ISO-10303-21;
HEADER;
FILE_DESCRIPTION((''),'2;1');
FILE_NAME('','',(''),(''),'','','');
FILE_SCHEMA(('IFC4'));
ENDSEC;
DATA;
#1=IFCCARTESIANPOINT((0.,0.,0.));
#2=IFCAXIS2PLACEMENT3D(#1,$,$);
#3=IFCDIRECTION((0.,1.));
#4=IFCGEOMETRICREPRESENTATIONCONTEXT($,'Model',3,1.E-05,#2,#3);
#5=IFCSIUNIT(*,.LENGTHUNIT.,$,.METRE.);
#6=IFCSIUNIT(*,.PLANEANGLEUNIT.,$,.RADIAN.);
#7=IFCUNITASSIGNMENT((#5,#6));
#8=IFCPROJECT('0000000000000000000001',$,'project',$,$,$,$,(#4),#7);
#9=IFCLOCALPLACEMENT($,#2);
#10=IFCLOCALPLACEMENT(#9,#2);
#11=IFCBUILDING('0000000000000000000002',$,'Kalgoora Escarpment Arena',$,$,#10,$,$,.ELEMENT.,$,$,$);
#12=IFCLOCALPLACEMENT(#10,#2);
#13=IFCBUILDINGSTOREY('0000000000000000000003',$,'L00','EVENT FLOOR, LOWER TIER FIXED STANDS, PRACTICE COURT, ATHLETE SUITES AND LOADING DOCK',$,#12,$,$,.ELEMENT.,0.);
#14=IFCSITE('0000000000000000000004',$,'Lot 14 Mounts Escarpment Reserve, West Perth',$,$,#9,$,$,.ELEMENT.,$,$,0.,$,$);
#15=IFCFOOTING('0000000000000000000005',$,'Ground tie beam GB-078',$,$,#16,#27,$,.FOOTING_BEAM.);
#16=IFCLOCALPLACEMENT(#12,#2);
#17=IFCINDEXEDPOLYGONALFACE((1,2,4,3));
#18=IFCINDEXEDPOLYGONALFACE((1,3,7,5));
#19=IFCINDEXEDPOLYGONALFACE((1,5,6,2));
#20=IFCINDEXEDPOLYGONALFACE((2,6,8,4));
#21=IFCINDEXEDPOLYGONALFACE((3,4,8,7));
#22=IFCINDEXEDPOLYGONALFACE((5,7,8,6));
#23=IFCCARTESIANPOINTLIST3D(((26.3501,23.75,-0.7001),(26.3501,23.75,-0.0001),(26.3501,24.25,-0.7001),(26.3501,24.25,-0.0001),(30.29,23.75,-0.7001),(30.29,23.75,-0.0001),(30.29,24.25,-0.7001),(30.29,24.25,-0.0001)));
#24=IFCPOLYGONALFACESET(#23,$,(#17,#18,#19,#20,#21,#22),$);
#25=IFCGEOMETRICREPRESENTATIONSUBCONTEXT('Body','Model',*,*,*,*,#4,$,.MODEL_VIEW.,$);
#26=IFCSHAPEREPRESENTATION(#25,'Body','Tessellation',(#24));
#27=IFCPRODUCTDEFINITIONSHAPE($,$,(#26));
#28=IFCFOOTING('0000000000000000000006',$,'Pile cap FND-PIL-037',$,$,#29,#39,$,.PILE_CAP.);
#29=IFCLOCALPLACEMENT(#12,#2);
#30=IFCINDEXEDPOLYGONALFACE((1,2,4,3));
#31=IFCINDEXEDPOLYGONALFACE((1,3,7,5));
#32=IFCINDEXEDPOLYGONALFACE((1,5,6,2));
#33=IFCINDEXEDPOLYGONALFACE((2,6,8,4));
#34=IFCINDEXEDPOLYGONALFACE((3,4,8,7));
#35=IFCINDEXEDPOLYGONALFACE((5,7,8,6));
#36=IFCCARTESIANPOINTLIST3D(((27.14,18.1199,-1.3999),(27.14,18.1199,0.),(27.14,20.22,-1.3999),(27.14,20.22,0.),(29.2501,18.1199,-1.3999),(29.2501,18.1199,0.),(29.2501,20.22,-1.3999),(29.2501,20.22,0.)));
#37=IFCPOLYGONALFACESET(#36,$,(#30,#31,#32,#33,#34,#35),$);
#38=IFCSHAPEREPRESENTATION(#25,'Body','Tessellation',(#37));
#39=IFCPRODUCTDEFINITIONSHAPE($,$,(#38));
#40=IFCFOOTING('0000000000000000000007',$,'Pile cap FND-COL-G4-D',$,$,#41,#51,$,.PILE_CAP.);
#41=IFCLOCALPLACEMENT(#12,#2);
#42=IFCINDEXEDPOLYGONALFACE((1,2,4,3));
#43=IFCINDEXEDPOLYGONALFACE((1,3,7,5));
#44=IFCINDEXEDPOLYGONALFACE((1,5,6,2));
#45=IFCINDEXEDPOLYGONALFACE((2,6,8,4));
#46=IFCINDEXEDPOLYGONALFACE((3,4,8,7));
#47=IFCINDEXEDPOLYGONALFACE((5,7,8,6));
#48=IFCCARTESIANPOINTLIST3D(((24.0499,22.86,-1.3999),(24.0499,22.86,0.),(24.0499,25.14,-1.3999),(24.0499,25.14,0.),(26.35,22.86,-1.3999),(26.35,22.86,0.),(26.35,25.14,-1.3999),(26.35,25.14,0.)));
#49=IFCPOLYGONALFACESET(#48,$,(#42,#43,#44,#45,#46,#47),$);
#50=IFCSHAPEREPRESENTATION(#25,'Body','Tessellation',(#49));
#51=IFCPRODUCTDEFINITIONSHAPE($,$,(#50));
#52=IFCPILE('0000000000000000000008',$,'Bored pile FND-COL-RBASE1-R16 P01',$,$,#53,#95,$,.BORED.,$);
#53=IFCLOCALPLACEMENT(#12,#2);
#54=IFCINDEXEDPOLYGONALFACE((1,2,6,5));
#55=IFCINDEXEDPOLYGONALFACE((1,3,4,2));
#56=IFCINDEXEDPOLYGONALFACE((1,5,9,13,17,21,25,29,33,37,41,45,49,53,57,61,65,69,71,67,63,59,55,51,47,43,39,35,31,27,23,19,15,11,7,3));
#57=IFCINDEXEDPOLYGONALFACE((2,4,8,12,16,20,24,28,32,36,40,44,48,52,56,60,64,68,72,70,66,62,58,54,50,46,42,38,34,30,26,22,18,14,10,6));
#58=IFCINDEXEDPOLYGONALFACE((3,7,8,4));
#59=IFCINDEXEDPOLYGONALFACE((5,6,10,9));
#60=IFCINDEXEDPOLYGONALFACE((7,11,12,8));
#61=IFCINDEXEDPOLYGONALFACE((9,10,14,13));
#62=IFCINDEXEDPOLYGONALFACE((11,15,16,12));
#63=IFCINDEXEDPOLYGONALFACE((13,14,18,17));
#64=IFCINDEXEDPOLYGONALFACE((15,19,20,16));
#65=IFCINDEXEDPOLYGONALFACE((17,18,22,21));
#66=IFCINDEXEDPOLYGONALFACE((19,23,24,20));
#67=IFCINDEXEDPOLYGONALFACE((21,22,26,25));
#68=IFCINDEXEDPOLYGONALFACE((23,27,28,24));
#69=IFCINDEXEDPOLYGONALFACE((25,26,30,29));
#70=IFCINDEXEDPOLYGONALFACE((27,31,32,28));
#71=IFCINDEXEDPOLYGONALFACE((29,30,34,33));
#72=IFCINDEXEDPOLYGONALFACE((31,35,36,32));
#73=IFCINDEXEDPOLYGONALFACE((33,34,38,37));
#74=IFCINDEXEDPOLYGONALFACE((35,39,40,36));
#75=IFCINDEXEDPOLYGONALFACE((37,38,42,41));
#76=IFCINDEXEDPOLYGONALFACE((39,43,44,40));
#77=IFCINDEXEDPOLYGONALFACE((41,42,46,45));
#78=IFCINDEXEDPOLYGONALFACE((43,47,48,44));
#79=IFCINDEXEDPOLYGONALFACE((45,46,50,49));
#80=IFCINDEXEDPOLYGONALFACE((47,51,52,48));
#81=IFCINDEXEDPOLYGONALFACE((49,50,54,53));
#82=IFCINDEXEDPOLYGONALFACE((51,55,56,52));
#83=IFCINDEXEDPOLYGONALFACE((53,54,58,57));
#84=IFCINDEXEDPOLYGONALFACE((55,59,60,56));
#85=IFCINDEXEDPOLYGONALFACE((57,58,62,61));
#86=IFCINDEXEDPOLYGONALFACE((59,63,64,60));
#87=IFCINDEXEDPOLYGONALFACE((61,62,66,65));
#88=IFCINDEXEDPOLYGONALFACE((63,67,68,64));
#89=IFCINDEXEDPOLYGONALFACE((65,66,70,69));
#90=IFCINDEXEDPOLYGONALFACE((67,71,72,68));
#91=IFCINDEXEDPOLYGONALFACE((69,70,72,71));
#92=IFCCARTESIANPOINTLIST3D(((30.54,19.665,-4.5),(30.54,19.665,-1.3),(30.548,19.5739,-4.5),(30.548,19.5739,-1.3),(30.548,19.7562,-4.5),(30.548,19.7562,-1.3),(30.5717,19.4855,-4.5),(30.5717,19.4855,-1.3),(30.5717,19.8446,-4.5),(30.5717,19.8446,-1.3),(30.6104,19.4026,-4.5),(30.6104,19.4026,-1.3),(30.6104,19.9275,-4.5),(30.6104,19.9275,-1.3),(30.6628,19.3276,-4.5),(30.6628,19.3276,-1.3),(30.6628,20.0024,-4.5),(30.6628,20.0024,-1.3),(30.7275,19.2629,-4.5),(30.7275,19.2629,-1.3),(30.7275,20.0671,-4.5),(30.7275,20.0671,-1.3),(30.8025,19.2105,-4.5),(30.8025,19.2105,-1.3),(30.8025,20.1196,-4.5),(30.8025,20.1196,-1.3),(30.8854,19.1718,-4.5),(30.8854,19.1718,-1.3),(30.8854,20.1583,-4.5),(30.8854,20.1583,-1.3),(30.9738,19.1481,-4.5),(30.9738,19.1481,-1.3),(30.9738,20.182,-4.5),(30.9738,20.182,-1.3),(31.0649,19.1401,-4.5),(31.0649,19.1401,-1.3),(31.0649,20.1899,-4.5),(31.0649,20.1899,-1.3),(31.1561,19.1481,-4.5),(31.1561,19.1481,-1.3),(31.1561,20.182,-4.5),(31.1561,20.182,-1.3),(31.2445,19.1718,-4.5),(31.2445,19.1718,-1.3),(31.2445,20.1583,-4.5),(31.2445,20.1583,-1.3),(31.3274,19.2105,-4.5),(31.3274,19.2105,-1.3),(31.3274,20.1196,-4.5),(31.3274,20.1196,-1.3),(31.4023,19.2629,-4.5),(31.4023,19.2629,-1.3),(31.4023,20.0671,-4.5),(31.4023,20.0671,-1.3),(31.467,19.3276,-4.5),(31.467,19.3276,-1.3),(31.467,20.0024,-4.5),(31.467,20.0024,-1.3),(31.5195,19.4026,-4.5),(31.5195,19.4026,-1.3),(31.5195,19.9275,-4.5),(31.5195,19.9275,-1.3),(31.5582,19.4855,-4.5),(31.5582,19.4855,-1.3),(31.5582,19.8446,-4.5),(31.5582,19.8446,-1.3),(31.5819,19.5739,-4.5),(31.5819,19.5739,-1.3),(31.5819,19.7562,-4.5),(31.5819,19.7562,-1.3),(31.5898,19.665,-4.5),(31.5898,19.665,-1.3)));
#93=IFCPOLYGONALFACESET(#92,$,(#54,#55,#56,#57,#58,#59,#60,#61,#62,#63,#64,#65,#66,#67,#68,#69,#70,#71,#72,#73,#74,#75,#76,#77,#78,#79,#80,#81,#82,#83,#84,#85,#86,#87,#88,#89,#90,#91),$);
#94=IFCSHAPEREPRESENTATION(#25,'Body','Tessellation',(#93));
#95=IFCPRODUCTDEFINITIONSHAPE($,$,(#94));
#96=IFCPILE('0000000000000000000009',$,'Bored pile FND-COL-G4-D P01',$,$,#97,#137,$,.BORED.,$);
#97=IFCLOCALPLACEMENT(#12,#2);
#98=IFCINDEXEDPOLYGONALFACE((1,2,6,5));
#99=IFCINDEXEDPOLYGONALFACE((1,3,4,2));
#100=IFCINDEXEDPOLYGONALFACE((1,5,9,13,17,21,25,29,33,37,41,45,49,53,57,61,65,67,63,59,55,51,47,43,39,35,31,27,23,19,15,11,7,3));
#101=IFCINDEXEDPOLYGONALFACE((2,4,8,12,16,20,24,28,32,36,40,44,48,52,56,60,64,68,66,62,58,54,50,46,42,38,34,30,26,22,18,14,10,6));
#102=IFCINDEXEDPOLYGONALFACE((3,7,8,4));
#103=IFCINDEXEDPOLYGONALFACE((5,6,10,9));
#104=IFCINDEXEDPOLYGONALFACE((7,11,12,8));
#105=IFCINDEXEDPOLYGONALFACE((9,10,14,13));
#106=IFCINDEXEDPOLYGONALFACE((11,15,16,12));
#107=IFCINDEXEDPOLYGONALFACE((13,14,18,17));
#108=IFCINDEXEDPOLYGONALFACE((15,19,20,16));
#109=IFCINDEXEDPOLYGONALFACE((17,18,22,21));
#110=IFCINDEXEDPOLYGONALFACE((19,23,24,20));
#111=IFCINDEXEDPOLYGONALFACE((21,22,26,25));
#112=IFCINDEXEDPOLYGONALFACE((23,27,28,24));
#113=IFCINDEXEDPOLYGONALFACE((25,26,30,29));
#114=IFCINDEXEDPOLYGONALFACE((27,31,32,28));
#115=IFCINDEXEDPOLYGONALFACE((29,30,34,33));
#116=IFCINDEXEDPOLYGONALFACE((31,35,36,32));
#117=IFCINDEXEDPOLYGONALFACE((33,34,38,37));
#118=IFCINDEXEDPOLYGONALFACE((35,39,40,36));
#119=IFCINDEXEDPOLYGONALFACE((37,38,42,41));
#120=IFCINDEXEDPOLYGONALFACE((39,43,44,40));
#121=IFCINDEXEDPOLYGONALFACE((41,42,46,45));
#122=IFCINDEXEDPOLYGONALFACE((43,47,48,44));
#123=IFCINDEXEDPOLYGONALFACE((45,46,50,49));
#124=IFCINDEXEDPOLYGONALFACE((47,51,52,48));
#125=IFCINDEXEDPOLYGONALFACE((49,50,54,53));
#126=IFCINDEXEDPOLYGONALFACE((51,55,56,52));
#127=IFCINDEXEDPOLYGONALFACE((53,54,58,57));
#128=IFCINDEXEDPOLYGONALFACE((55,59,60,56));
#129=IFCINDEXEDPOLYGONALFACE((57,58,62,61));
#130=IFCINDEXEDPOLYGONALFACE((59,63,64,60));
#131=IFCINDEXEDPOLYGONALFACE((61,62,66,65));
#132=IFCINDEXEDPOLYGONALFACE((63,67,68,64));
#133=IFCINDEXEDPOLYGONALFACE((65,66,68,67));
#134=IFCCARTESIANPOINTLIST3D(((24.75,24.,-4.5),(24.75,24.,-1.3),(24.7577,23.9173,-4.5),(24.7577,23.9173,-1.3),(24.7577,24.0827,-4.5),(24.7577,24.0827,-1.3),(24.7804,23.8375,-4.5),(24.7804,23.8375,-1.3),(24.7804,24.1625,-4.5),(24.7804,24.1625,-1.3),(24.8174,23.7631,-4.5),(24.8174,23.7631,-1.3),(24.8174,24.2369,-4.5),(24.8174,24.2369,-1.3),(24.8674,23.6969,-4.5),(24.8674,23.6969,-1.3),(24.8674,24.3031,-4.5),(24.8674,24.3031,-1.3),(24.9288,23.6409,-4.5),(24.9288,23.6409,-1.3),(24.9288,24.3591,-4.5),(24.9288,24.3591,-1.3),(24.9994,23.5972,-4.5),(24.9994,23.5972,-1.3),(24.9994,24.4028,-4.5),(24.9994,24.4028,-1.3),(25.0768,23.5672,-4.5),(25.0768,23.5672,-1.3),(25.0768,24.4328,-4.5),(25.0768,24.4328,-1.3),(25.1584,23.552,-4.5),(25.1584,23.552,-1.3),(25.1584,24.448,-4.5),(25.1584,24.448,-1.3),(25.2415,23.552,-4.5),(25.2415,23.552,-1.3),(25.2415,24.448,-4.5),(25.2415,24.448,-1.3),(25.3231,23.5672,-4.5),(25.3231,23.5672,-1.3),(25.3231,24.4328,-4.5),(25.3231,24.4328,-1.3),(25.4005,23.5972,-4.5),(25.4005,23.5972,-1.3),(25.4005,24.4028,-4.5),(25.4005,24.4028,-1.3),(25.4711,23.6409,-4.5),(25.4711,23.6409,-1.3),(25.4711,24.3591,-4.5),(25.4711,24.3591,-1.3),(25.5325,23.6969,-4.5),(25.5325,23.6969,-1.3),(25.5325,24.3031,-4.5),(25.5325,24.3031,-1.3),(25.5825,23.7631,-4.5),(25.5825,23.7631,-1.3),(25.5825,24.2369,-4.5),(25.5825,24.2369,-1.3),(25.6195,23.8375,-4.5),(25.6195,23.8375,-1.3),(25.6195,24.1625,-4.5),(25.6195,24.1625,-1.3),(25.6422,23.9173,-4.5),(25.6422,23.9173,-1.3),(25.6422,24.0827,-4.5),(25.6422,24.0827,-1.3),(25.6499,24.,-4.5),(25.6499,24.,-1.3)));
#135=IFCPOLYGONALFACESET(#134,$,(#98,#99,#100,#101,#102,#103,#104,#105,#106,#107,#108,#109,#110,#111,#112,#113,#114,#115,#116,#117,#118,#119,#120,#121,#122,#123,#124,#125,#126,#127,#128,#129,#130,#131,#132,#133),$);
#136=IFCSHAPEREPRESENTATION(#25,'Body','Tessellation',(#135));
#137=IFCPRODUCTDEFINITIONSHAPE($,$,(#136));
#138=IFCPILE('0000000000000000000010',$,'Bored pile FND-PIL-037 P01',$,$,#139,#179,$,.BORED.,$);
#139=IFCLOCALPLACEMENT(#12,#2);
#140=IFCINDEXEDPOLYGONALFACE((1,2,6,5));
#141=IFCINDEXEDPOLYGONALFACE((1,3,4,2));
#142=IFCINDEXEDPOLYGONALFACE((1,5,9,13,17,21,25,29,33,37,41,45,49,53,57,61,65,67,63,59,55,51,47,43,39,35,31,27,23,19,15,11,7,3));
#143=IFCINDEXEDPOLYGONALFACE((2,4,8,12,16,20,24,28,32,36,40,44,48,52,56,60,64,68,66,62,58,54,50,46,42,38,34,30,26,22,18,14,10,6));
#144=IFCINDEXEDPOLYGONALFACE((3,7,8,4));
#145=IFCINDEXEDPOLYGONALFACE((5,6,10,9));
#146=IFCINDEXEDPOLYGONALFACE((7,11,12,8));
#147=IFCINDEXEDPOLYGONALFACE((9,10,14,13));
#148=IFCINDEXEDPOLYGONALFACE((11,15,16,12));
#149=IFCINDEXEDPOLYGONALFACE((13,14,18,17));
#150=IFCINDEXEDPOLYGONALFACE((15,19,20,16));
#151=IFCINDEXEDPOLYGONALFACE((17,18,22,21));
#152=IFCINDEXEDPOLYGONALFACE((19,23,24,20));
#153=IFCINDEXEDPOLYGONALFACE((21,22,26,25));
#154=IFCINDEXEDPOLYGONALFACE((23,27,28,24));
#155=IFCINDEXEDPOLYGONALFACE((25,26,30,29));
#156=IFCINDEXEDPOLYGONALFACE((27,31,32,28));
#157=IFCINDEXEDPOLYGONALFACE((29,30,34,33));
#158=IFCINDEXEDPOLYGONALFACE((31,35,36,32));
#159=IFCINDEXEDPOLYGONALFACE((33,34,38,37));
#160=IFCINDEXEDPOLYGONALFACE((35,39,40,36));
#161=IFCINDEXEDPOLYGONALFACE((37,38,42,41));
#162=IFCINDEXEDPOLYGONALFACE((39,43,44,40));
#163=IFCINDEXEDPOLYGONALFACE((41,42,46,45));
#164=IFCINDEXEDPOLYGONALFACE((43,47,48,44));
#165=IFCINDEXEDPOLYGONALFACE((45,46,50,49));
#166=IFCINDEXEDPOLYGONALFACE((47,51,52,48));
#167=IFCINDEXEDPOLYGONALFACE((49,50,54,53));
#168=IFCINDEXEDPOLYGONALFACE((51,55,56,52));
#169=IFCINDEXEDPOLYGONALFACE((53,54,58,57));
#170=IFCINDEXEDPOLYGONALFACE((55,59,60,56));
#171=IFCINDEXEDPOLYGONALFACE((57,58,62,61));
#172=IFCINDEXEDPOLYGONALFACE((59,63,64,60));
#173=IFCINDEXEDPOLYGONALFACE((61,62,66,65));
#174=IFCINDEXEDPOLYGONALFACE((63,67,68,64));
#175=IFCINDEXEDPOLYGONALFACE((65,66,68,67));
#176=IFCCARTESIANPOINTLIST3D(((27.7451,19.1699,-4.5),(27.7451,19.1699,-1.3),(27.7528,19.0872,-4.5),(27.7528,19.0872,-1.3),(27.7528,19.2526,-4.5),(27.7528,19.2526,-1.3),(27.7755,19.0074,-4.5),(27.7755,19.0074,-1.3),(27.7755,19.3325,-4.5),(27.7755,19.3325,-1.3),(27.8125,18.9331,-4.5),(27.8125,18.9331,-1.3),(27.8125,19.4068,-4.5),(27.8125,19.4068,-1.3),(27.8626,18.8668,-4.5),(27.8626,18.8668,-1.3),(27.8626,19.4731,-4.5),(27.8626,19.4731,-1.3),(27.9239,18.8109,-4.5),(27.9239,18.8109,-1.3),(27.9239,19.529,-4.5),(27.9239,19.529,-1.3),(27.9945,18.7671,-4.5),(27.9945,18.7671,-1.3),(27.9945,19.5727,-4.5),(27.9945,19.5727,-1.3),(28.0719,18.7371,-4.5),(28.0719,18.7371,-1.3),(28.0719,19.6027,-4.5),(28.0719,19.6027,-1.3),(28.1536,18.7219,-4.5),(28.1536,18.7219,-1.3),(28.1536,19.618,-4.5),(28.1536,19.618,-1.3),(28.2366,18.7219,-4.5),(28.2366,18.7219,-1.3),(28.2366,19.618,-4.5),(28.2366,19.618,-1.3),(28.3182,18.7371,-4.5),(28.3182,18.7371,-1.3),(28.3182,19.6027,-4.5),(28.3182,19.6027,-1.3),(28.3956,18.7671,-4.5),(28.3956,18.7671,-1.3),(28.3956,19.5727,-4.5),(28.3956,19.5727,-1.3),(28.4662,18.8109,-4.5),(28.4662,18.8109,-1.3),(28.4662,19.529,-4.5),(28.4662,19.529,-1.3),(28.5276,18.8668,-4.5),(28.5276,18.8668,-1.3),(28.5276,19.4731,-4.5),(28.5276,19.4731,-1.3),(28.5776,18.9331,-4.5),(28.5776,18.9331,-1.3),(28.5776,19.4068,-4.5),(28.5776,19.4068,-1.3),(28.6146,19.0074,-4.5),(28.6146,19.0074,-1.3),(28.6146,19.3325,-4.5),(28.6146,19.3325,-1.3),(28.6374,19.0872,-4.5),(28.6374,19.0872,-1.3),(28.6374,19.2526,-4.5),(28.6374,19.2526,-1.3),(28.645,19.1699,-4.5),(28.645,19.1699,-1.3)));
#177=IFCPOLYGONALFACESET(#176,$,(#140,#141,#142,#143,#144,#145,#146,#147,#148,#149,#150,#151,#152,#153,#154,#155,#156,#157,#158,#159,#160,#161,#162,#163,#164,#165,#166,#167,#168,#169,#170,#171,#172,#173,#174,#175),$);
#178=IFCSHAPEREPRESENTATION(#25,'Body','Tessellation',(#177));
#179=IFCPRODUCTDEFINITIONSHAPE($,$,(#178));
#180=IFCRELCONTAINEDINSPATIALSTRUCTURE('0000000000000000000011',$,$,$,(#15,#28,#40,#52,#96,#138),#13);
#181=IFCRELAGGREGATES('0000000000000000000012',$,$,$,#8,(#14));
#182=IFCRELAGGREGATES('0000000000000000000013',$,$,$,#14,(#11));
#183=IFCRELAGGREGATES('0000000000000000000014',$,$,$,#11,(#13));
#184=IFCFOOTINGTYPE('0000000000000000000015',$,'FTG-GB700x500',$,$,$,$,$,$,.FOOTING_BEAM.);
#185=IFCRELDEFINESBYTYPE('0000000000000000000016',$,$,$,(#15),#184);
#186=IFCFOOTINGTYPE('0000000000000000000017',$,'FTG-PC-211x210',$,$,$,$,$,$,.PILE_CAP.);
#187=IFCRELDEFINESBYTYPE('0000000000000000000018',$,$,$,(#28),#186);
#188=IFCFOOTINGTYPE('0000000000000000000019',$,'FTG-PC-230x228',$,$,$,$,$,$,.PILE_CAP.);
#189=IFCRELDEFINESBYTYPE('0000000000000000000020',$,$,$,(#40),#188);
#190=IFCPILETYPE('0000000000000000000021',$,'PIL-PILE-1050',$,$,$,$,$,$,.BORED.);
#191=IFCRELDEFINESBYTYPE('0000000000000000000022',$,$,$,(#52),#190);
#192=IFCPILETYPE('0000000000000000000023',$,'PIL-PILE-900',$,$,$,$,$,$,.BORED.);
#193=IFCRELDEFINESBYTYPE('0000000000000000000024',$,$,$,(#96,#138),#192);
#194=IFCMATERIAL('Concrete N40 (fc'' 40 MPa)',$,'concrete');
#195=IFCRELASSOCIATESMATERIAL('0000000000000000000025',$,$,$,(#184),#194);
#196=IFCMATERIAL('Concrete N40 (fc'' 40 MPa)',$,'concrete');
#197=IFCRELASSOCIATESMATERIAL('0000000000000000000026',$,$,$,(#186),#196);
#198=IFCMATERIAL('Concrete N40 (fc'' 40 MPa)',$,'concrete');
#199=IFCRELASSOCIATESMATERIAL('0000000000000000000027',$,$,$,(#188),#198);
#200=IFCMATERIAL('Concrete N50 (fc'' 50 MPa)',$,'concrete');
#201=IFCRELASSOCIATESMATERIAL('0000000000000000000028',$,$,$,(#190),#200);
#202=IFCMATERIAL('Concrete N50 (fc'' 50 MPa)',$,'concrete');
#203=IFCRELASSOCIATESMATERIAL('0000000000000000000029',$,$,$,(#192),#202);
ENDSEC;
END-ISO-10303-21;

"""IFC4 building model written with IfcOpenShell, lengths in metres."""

from ifc_helpers import new_model, si_unit, direction, frame, origin, origin_2d, place, context, subcontext, project, spatial, rectangle, circle, extrude, material, material_profile, profile_set, type_object, element, save


model = new_model("IFC4")

# Units and contexts
model_context = context("Model", 3, precision=1e-05, world=origin(), true_north=direction((0.0, 1.0)))
body_context = subcontext(model_context, "Body", "Model", "MODEL_VIEW")
ifc_project = project(units=[si_unit("LENGTHUNIT", "METRE"), si_unit("PLANEANGLEUNIT", "RADIAN")], contexts=[model_context])

# Site, building, storey
site_placement = place(None, origin())
site = spatial("IfcSite", under=ifc_project, at=site_placement, Name="Lot 14 Mounts Escarpment Reserve, West Perth", CompositionType="ELEMENT", RefElevation=0.0)
building_placement = place(site_placement, origin())
building = spatial("IfcBuilding", under=site, at=building_placement, Name="Kalgoora Escarpment Arena", CompositionType="ELEMENT")
storey_placement = place(building_placement, origin())
storey = spatial("IfcBuildingStorey", under=building, at=storey_placement, Name="L00", Description="EVENT FLOOR, LOWER TIER FIXED STANDS, PRACTICE COURT, ATHLETE SUITES AND LOADING DOCK", CompositionType="ELEMENT", Elevation=0.0)

# Footings
ifc_material_1 = material(Name="Concrete N40 (fc' 40 MPa)", Category="concrete")
ifc_material_profile_1 = material_profile(ifc_material_1, rectangle(XDim=0.5, YDim=0.7, at=origin_2d()))
ifc_profile_set_1 = profile_set([ifc_material_profile_1], Name="Concrete N40 (fc' 40 MPa)")
footing_type_1 = type_object("IfcFootingType", Name="FTG-GB700x500", PredefinedType="FOOTING_BEAM", material=ifc_profile_set_1)
footing_1_placement = place(storey_placement, frame((26.3501, 24.0, -0.3501), z_axis=(1.0, 0.0, 0.0), x_axis=(0.0, 1.0, 0.0)))
element("IfcFooting", 1, at=footing_1_placement, inside=storey, type_object=footing_type_1, Name="Ground tie beam GB-078", PredefinedType="FOOTING_BEAM", context=body_context, shape_type="SweptSolid", body=[
    extrude(rectangle(XDim=0.5, YDim=0.7, at=origin_2d()), origin(), (0.0, 0.0, 1.0), 3.9399),
])
ifc_material_2 = material(Name="Concrete N40 (fc' 40 MPa)", Category="concrete")
footing_type_2 = type_object("IfcFootingType", Name="FTG-PC-211x210", PredefinedType="PILE_CAP", material=ifc_material_2)
footing_2_placement = place(storey_placement, frame((28.1951, 19.1699, -1.3999), z_axis=(0.0, 0.0, 1.0), x_axis=(1.0, 0.0, 0.0)))
element("IfcFooting", 2, at=footing_2_placement, inside=storey, type_object=footing_type_2, Name="Pile cap FND-PIL-037", PredefinedType="PILE_CAP", context=body_context, shape_type="SweptSolid", body=[
    extrude(rectangle(XDim=2.1101, YDim=2.1001, at=origin_2d()), origin(), (0.0, 0.0, 1.0), 1.3999),
])
ifc_material_3 = material(Name="Concrete N40 (fc' 40 MPa)", Category="concrete")
footing_type_3 = type_object("IfcFootingType", Name="FTG-PC-230x228", PredefinedType="PILE_CAP", material=ifc_material_3)
footing_3_placement = place(storey_placement, frame((25.2, 24.0, -1.3999), z_axis=(0.0, 0.0, 1.0), x_axis=(1.0, 0.0, 0.0)))
element("IfcFooting", 3, at=footing_3_placement, inside=storey, type_object=footing_type_3, Name="Pile cap FND-COL-G4-D", PredefinedType="PILE_CAP", context=body_context, shape_type="SweptSolid", body=[
    extrude(rectangle(XDim=2.3, YDim=2.28, at=origin_2d()), origin(), (0.0, 0.0, 1.0), 1.3999),
])

# Piles
ifc_material_4 = material(Name="Concrete N50 (fc' 50 MPa)", Category="concrete")
ifc_material_profile_2 = material_profile(ifc_material_4, circle(Radius=0.5249, at=origin_2d()))
ifc_profile_set_2 = profile_set([ifc_material_profile_2], Name="Concrete N50 (fc' 50 MPa)")
pile_type_1 = type_object("IfcPileType", Name="PIL-PILE-1050", PredefinedType="BORED", material=ifc_profile_set_2)
pile_placement = place(storey_placement, frame((31.0649, 19.665, -1.3), z_axis=(0.0, 0.0, -1.0), x_axis=(1.0, 0.0, 0.0)))
element("IfcPile", 4, at=pile_placement, inside=storey, type_object=pile_type_1, Name="Bored pile FND-COL-RBASE1-R16 P01", PredefinedType="BORED", context=body_context, shape_type="SweptSolid", body=[
    extrude(circle(Radius=0.5249, at=origin_2d()), origin(), (0.0, 0.0, 1.0), 3.2),
])
ifc_material_5 = material(Name="Concrete N50 (fc' 50 MPa)", Category="concrete")
ifc_material_profile_3 = material_profile(ifc_material_5, circle(Radius=0.45, at=origin_2d()))
ifc_profile_set_3 = profile_set([ifc_material_profile_3], Name="Concrete N50 (fc' 50 MPa)")
pile_type_2 = type_object("IfcPileType", Name="PIL-PILE-900", PredefinedType="BORED", material=ifc_profile_set_3)
for number, where, z_axis, x_axis, name in (
    (5, (25.2, 24.0, -1.3), (0.0, 0.0, -1.0), (1.0, 0.0, 0.0), "Bored pile FND-COL-G4-D P01"),
    (6, (28.1951, 19.1699, -1.3), (0.0, 0.0, -1.0), (1.0, 0.0, 0.0), "Bored pile FND-PIL-037 P01"),
):
    element("IfcPile", number, at=place(storey_placement, frame(where, z_axis=z_axis, x_axis=x_axis)), inside=storey, type_object=pile_type_2, Name=name, PredefinedType="BORED", context=body_context, shape_type="SweptSolid", body=[
        extrude(circle(Radius=0.45, at=origin_2d()), origin(), (0.0, 0.0, 1.0), 3.2),
    ])

save(model, "model.ifc")
